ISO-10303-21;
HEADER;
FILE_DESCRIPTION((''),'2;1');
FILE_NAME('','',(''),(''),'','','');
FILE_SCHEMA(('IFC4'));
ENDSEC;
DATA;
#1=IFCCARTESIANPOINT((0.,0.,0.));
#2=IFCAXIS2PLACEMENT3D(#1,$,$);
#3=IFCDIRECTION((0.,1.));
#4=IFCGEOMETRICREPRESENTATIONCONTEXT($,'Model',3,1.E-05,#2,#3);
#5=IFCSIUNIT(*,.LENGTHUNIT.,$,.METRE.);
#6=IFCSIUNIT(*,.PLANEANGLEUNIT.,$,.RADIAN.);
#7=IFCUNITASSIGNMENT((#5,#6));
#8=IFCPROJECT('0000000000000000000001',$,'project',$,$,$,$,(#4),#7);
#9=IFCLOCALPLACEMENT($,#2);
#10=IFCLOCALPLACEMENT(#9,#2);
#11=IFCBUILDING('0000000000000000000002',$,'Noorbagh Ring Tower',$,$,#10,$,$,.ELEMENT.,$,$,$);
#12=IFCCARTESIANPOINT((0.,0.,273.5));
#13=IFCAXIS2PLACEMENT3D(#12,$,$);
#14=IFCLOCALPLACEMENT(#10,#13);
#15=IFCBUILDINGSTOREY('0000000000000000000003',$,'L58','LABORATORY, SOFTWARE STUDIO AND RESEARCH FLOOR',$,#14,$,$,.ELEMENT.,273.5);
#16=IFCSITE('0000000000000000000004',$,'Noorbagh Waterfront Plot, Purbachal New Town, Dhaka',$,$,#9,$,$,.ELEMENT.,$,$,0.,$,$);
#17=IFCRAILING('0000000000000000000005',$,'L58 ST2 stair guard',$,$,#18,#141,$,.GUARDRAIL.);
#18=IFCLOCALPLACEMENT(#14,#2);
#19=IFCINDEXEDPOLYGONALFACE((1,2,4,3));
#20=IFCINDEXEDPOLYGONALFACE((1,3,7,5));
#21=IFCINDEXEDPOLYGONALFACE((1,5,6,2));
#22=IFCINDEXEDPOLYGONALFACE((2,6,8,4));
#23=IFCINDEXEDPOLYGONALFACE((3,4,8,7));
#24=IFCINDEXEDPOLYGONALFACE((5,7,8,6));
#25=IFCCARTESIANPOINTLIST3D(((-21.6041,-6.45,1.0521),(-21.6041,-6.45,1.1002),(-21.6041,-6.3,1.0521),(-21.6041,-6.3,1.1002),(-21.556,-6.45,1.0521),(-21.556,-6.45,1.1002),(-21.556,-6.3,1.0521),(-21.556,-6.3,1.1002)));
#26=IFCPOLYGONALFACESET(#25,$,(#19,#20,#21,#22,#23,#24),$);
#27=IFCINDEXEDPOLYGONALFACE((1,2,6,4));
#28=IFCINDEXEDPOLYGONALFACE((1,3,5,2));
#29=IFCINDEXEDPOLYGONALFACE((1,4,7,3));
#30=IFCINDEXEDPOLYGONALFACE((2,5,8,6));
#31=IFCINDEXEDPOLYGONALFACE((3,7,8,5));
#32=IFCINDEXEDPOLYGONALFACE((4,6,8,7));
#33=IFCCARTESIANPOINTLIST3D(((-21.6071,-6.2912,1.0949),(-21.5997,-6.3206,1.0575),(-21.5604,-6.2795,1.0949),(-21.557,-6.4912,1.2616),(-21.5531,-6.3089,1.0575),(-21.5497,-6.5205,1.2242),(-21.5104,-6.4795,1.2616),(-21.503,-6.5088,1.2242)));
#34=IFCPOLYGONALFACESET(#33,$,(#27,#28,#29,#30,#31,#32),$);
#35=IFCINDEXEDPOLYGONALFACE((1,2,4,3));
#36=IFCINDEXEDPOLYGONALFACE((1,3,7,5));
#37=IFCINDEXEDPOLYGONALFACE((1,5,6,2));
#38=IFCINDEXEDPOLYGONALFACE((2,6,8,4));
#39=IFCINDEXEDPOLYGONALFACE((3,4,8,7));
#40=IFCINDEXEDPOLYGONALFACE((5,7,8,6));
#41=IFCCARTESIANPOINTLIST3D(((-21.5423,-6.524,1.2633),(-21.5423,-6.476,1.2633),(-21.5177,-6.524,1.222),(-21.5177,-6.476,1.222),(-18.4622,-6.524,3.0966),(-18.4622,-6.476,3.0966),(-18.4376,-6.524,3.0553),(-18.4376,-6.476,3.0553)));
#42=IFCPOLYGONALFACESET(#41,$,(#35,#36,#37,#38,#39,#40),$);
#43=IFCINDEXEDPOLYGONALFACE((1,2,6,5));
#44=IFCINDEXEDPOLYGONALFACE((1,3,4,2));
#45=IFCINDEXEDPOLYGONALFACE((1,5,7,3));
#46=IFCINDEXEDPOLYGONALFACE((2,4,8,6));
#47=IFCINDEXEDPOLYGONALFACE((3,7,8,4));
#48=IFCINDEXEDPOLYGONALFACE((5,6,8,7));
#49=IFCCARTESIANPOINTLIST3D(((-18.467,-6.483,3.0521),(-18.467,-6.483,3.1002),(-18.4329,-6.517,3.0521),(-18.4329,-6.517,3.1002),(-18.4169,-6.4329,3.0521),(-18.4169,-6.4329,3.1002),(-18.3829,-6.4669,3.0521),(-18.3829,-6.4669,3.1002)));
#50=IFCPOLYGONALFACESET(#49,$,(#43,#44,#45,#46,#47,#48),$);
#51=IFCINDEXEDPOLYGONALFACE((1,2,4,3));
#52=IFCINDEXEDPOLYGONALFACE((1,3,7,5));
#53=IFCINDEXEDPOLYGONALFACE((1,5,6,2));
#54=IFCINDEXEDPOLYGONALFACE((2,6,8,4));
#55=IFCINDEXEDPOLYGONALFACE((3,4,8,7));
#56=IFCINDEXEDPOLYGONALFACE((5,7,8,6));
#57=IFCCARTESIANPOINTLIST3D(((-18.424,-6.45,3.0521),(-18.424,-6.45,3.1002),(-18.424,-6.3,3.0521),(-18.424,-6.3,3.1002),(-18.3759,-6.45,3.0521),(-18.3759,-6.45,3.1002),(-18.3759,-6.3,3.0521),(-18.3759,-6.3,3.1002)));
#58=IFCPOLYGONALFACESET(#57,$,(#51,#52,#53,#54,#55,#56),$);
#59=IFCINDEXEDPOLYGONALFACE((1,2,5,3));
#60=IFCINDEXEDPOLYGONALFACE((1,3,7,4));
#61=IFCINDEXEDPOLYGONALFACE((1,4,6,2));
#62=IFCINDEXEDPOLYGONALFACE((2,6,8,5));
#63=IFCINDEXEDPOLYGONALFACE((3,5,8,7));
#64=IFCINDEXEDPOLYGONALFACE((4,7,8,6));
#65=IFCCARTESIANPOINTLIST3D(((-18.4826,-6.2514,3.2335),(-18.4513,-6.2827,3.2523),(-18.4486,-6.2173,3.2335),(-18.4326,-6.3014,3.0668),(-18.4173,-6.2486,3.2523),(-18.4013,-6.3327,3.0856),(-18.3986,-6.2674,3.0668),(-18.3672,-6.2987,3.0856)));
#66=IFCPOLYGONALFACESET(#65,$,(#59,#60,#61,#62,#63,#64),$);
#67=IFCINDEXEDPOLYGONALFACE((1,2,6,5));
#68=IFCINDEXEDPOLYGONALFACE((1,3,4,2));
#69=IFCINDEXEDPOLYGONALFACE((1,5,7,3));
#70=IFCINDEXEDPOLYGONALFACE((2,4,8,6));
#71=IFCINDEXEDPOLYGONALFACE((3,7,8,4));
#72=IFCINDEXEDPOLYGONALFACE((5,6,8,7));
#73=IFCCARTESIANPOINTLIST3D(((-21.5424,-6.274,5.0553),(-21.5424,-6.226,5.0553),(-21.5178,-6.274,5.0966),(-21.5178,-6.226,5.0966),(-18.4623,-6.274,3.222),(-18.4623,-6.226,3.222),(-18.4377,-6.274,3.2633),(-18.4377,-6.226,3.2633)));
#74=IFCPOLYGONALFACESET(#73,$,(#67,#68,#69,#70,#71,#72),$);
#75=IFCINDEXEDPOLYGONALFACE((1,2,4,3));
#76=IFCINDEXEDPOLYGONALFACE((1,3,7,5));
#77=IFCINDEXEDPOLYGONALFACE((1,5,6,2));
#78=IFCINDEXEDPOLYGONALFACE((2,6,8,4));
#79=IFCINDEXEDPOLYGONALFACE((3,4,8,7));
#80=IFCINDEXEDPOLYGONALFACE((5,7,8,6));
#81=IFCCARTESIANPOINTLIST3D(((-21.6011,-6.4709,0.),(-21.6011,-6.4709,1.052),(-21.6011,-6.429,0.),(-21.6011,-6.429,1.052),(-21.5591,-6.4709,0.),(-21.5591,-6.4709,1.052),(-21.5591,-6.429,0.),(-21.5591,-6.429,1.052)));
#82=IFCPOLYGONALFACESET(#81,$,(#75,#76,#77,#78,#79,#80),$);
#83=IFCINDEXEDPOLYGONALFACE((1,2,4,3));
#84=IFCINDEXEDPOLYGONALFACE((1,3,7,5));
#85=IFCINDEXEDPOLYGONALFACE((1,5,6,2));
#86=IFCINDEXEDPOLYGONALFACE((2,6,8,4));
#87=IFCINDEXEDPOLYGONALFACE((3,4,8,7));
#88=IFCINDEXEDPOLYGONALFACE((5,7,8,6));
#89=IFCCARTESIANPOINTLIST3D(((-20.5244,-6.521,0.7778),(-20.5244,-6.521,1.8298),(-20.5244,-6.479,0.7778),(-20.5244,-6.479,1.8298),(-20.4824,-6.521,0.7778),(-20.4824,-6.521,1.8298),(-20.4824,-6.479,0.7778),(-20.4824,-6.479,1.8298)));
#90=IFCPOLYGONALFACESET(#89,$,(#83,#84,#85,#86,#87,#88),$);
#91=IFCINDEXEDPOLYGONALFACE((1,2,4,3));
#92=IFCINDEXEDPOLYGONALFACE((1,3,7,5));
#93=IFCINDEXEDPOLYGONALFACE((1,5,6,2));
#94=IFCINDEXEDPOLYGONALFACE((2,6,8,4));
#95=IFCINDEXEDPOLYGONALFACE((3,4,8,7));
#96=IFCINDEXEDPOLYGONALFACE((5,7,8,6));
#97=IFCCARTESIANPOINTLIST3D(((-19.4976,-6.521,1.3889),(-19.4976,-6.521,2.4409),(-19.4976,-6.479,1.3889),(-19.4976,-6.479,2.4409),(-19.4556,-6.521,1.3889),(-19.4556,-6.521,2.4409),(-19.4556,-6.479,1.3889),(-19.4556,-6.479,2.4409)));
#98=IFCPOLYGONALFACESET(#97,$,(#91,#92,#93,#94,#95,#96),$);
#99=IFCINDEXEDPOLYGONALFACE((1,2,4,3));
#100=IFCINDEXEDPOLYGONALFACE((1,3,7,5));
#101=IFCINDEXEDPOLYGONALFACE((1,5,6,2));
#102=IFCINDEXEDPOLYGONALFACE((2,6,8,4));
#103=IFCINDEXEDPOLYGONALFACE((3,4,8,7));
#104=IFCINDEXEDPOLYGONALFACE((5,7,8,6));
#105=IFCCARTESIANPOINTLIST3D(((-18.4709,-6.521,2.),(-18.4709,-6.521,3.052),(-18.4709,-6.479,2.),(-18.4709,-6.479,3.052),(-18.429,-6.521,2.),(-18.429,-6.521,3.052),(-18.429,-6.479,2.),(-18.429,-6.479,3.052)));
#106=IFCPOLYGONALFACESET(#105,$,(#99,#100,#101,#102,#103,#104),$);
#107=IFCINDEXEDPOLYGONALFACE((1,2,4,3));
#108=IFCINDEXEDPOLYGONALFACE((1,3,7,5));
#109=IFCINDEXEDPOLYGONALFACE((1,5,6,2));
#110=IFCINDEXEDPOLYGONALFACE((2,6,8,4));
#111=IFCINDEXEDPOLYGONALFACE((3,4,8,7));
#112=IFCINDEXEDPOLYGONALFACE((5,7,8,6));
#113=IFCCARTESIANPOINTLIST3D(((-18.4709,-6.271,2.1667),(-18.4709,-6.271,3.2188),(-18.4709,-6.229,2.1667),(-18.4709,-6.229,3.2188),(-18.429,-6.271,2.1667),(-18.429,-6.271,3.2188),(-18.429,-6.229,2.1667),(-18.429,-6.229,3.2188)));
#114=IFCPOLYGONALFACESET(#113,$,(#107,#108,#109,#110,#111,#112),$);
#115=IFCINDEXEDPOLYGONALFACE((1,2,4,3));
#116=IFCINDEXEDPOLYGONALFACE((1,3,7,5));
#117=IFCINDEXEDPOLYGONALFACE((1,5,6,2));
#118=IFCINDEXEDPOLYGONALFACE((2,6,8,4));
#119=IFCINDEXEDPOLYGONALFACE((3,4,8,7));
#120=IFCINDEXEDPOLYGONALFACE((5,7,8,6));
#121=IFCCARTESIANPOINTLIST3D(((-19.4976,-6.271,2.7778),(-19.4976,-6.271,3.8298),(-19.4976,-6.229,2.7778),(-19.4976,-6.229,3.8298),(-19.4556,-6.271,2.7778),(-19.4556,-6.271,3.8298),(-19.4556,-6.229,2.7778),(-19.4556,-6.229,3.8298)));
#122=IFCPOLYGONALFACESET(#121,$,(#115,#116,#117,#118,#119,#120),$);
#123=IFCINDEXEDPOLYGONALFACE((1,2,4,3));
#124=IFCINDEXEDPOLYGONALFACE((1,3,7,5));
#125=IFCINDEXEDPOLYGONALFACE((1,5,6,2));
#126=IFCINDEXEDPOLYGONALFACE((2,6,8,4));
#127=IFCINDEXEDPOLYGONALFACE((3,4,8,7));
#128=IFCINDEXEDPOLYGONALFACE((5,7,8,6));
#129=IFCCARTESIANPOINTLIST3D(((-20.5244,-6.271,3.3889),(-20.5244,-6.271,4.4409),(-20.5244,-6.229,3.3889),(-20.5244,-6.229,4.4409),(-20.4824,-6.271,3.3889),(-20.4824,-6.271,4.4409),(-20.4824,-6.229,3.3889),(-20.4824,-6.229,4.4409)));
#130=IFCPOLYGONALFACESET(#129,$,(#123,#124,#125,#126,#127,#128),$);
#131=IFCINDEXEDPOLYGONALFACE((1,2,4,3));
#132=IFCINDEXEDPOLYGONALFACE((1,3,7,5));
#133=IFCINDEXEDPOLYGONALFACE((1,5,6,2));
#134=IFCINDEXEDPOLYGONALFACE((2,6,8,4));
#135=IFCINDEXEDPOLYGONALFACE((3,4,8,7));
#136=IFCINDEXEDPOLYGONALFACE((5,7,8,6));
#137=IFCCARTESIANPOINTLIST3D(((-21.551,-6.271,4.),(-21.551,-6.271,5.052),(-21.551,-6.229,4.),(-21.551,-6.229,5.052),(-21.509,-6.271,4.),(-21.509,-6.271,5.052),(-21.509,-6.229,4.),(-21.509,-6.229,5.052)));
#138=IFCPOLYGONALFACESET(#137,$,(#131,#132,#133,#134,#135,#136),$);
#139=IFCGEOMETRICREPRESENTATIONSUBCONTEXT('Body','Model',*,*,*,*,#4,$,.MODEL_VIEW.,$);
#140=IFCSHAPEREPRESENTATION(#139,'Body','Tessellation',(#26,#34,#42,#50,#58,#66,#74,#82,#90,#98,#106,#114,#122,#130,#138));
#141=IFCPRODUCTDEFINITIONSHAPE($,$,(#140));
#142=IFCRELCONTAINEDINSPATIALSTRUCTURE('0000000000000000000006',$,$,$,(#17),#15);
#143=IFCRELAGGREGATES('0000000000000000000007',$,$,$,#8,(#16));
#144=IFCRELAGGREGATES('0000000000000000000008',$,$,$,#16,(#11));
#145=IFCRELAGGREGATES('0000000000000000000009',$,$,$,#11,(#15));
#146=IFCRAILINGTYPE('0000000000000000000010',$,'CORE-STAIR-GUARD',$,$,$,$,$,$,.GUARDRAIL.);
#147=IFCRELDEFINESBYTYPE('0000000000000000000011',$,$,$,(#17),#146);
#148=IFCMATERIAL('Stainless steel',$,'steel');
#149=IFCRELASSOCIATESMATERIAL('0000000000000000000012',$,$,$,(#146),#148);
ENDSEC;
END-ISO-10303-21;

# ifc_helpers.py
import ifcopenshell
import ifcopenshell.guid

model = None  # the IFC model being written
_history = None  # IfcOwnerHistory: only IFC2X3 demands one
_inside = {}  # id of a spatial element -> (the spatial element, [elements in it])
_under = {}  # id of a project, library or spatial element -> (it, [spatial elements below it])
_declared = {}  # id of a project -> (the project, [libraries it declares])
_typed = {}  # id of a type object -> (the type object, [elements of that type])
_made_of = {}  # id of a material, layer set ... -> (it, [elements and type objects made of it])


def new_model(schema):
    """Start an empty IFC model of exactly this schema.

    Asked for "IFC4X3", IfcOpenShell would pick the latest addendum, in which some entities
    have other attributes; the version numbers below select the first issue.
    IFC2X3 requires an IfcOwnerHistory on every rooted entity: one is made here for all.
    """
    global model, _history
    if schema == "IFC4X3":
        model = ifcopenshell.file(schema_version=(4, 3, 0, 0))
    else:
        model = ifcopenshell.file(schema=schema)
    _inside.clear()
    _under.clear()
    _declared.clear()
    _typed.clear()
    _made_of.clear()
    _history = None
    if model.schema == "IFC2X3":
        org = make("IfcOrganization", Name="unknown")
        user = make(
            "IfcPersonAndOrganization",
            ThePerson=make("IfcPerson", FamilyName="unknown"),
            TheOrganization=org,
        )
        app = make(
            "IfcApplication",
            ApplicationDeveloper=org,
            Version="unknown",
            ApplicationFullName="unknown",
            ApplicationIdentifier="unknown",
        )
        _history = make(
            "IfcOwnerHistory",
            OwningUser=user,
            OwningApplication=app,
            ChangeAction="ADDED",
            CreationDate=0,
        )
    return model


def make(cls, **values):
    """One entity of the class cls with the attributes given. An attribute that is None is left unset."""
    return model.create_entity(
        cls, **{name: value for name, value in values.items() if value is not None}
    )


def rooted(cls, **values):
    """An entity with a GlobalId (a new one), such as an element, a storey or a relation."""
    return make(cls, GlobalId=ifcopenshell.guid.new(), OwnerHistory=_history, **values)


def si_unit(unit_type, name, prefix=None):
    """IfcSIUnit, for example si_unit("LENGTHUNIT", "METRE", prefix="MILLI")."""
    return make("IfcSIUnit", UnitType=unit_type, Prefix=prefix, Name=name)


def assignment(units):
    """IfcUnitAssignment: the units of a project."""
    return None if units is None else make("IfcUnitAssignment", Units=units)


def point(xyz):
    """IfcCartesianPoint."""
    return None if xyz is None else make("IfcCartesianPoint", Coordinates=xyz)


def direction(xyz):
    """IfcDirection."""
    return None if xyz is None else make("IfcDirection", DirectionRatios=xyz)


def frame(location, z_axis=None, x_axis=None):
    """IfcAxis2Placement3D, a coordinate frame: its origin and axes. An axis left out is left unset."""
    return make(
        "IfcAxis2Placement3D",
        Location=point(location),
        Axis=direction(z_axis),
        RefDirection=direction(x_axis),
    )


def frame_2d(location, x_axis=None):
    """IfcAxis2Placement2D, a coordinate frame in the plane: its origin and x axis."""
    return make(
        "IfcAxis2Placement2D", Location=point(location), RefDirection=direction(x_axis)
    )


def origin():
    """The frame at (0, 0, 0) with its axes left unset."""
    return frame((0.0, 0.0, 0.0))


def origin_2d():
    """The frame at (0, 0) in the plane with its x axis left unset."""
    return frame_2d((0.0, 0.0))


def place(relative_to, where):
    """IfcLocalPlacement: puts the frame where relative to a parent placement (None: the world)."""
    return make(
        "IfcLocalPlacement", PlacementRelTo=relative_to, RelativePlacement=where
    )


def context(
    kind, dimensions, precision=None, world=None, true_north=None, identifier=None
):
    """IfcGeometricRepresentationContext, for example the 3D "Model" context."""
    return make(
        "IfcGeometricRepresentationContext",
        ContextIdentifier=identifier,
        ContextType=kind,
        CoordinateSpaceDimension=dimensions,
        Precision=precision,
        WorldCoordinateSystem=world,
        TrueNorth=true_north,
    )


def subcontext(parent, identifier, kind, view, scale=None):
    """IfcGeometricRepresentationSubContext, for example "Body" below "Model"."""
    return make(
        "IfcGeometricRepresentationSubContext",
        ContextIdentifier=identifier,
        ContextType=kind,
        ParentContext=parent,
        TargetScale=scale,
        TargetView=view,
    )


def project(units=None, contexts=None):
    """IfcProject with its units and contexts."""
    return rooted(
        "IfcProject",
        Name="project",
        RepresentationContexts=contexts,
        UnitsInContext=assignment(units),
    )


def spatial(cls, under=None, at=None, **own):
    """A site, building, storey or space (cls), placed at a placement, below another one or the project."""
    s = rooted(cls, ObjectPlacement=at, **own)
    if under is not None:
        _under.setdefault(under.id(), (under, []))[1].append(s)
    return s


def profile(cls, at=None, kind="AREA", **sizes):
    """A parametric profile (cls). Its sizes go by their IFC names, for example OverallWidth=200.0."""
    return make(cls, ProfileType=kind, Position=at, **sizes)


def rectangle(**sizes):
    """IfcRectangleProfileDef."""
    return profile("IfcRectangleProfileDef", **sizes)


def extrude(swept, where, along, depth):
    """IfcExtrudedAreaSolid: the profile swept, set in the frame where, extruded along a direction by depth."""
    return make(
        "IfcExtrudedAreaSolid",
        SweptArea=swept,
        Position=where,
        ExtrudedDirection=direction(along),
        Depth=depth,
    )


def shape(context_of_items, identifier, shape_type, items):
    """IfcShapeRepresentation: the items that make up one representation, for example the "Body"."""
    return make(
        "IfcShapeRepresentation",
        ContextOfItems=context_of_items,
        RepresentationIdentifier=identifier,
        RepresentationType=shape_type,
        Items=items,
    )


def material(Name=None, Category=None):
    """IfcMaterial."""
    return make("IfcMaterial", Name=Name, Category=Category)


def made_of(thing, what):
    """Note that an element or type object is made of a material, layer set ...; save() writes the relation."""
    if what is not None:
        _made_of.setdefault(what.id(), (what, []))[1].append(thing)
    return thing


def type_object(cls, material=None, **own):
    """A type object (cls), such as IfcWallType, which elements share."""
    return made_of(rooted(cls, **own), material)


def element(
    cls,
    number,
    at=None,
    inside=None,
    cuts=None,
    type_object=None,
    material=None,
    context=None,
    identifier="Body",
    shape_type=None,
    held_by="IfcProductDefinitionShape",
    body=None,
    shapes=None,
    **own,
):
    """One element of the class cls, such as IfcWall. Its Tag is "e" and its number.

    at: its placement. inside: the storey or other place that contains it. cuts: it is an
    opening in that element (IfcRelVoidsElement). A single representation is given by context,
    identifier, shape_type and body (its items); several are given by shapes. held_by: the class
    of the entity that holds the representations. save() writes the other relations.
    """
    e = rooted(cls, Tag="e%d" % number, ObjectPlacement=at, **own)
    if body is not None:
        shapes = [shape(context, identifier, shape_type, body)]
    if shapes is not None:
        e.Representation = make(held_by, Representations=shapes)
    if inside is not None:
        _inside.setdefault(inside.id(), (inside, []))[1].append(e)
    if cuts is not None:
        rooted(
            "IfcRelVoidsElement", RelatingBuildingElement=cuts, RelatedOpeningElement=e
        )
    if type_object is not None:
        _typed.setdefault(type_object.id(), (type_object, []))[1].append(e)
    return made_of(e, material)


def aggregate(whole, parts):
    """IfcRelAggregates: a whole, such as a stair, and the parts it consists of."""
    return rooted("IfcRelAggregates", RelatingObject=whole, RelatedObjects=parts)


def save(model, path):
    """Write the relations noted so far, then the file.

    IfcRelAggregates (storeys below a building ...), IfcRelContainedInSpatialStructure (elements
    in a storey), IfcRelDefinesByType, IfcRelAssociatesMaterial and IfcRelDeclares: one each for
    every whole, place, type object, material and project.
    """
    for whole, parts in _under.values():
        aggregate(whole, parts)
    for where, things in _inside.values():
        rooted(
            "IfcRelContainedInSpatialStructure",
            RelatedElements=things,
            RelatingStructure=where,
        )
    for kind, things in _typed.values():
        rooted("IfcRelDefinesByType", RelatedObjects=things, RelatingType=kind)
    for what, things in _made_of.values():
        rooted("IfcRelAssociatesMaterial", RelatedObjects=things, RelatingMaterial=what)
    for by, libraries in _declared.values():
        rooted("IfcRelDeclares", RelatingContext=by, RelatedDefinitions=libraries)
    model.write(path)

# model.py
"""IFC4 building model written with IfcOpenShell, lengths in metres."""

from ifc_helpers import new_model, si_unit, direction, frame, origin, origin_2d, place, context, subcontext, project, spatial, rectangle, extrude, material, type_object, element, save


model = new_model("IFC4")

# Units and contexts
model_context = context("Model", 3, precision=1e-05, world=origin(), true_north=direction((0.0, 1.0)))
body_context = subcontext(model_context, "Body", "Model", "MODEL_VIEW")
ifc_project = project(units=[si_unit("LENGTHUNIT", "METRE"), si_unit("PLANEANGLEUNIT", "RADIAN")], contexts=[model_context])

# Site, building, storey
site_placement = place(None, origin())
site = spatial("IfcSite", under=ifc_project, at=site_placement, Name="Noorbagh Waterfront Plot, Purbachal New Town, Dhaka", CompositionType="ELEMENT", RefElevation=0.0)
building_placement = place(site_placement, origin())
building = spatial("IfcBuilding", under=site, at=building_placement, Name="Noorbagh Ring Tower", CompositionType="ELEMENT")
storey_placement = place(building_placement, frame((0.0, 0.0, 273.5)))
storey = spatial("IfcBuildingStorey", under=building, at=storey_placement, Name="L58", Description="LABORATORY, SOFTWARE STUDIO AND RESEARCH FLOOR", CompositionType="ELEMENT", Elevation=273.5)

# Railing
ifc_material_1 = material(Name="Stainless steel", Category="steel")
railing_type_1 = type_object("IfcRailingType", Name="CORE-STAIR-GUARD", PredefinedType="GUARDRAIL", material=ifc_material_1)
railing_1_placement = place(storey_placement, frame((-21.5801, -6.45, 0.0)))
element("IfcRailing", 1, at=railing_1_placement, inside=storey, type_object=railing_type_1, Name="L58 ST2 stair guard", PredefinedType="GUARDRAIL", context=body_context, shape_type="SweptSolid", body=[
    extrude(rectangle(XDim=0.0481, YDim=0.0481, at=origin_2d()), frame((0.0, 0.0, 1.0762), z_axis=(0.0, 1.0, 0.0), x_axis=(-1.0, 0.0, 0.0)), (0.0, 0.0, 1.0), 0.1499),
    extrude(rectangle(XDim=0.0481, YDim=0.0481, at=origin_2d()), frame((0.0, 0.1499, 1.0762), z_axis=(0.188776, -0.754182, 0.628946), x_axis=(0.970073, 0.242814, 0.0)), (0.0, 0.0, 1.0), 0.2651),
    extrude(rectangle(XDim=0.0481, YDim=0.0481, at=origin_2d()), frame((0.05, -0.05, 1.2427), z_axis=(0.859309, 0.0, 0.511458), x_axis=(0.0, 1.0, 0.0)), (0.0, 0.0, 1.0), 3.5845),
    extrude(rectangle(XDim=0.0481, YDim=0.0481, at=origin_2d()), frame((3.1301, -0.05, 3.0762), z_axis=(0.707107, 0.707107, 0.0), x_axis=(-0.707107, 0.707107, 0.0)), (0.0, 0.0, 1.0), 0.0708),
    extrude(rectangle(XDim=0.0481, YDim=0.0481, at=origin_2d()), frame((3.1802, 0.0, 3.0762), z_axis=(0.0, 1.0, 0.0), x_axis=(-1.0, 0.0, 0.0)), (0.0, 0.0, 1.0), 0.1499),
    extrude(rectangle(XDim=0.0481, YDim=0.0481, at=origin_2d()), frame((3.1802, 0.1499, 3.0762), z_axis=(-0.276287, 0.276287, 0.920506), x_axis=(-0.707107, -0.707107, 0.0)), (0.0, 0.0, 1.0), 0.1812),
    extrude(rectangle(XDim=0.0481, YDim=0.0481, at=origin_2d()), frame((3.1301, 0.2, 3.2427), z_axis=(-0.859309, 0.0, 0.511458), x_axis=(0.0, -1.0, 0.0)), (0.0, 0.0, 1.0), 3.5845),
    extrude(rectangle(XDim=0.042, YDim=0.042, at=origin_2d()), origin(), (0.0, 0.0, 1.0), 1.052),
    extrude(rectangle(XDim=0.042, YDim=0.042, at=origin_2d()), frame((1.0767, -0.05, 0.7778)), (0.0, 0.0, 1.0), 1.052),
    extrude(rectangle(XDim=0.042, YDim=0.042, at=origin_2d()), frame((2.1035, -0.05, 1.3889)), (0.0, 0.0, 1.0), 1.052),
    extrude(rectangle(XDim=0.042, YDim=0.042, at=origin_2d()), frame((3.1301, -0.05, 2.0)), (0.0, 0.0, 1.0), 1.052),
    extrude(rectangle(XDim=0.042, YDim=0.042, at=origin_2d()), frame((3.1301, 0.2, 2.1667)), (0.0, 0.0, 1.0), 1.052),
    extrude(rectangle(XDim=0.042, YDim=0.042, at=origin_2d()), frame((2.1035, 0.2, 2.7778)), (0.0, 0.0, 1.0), 1.052),
    extrude(rectangle(XDim=0.042, YDim=0.042, at=origin_2d()), frame((1.0767, 0.2, 3.3889)), (0.0, 0.0, 1.0), 1.052),
    extrude(rectangle(XDim=0.042, YDim=0.042, at=origin_2d()), frame((0.05, 0.2, 4.0)), (0.0, 0.0, 1.0), 1.052),
])

save(model, "model.ifc")
